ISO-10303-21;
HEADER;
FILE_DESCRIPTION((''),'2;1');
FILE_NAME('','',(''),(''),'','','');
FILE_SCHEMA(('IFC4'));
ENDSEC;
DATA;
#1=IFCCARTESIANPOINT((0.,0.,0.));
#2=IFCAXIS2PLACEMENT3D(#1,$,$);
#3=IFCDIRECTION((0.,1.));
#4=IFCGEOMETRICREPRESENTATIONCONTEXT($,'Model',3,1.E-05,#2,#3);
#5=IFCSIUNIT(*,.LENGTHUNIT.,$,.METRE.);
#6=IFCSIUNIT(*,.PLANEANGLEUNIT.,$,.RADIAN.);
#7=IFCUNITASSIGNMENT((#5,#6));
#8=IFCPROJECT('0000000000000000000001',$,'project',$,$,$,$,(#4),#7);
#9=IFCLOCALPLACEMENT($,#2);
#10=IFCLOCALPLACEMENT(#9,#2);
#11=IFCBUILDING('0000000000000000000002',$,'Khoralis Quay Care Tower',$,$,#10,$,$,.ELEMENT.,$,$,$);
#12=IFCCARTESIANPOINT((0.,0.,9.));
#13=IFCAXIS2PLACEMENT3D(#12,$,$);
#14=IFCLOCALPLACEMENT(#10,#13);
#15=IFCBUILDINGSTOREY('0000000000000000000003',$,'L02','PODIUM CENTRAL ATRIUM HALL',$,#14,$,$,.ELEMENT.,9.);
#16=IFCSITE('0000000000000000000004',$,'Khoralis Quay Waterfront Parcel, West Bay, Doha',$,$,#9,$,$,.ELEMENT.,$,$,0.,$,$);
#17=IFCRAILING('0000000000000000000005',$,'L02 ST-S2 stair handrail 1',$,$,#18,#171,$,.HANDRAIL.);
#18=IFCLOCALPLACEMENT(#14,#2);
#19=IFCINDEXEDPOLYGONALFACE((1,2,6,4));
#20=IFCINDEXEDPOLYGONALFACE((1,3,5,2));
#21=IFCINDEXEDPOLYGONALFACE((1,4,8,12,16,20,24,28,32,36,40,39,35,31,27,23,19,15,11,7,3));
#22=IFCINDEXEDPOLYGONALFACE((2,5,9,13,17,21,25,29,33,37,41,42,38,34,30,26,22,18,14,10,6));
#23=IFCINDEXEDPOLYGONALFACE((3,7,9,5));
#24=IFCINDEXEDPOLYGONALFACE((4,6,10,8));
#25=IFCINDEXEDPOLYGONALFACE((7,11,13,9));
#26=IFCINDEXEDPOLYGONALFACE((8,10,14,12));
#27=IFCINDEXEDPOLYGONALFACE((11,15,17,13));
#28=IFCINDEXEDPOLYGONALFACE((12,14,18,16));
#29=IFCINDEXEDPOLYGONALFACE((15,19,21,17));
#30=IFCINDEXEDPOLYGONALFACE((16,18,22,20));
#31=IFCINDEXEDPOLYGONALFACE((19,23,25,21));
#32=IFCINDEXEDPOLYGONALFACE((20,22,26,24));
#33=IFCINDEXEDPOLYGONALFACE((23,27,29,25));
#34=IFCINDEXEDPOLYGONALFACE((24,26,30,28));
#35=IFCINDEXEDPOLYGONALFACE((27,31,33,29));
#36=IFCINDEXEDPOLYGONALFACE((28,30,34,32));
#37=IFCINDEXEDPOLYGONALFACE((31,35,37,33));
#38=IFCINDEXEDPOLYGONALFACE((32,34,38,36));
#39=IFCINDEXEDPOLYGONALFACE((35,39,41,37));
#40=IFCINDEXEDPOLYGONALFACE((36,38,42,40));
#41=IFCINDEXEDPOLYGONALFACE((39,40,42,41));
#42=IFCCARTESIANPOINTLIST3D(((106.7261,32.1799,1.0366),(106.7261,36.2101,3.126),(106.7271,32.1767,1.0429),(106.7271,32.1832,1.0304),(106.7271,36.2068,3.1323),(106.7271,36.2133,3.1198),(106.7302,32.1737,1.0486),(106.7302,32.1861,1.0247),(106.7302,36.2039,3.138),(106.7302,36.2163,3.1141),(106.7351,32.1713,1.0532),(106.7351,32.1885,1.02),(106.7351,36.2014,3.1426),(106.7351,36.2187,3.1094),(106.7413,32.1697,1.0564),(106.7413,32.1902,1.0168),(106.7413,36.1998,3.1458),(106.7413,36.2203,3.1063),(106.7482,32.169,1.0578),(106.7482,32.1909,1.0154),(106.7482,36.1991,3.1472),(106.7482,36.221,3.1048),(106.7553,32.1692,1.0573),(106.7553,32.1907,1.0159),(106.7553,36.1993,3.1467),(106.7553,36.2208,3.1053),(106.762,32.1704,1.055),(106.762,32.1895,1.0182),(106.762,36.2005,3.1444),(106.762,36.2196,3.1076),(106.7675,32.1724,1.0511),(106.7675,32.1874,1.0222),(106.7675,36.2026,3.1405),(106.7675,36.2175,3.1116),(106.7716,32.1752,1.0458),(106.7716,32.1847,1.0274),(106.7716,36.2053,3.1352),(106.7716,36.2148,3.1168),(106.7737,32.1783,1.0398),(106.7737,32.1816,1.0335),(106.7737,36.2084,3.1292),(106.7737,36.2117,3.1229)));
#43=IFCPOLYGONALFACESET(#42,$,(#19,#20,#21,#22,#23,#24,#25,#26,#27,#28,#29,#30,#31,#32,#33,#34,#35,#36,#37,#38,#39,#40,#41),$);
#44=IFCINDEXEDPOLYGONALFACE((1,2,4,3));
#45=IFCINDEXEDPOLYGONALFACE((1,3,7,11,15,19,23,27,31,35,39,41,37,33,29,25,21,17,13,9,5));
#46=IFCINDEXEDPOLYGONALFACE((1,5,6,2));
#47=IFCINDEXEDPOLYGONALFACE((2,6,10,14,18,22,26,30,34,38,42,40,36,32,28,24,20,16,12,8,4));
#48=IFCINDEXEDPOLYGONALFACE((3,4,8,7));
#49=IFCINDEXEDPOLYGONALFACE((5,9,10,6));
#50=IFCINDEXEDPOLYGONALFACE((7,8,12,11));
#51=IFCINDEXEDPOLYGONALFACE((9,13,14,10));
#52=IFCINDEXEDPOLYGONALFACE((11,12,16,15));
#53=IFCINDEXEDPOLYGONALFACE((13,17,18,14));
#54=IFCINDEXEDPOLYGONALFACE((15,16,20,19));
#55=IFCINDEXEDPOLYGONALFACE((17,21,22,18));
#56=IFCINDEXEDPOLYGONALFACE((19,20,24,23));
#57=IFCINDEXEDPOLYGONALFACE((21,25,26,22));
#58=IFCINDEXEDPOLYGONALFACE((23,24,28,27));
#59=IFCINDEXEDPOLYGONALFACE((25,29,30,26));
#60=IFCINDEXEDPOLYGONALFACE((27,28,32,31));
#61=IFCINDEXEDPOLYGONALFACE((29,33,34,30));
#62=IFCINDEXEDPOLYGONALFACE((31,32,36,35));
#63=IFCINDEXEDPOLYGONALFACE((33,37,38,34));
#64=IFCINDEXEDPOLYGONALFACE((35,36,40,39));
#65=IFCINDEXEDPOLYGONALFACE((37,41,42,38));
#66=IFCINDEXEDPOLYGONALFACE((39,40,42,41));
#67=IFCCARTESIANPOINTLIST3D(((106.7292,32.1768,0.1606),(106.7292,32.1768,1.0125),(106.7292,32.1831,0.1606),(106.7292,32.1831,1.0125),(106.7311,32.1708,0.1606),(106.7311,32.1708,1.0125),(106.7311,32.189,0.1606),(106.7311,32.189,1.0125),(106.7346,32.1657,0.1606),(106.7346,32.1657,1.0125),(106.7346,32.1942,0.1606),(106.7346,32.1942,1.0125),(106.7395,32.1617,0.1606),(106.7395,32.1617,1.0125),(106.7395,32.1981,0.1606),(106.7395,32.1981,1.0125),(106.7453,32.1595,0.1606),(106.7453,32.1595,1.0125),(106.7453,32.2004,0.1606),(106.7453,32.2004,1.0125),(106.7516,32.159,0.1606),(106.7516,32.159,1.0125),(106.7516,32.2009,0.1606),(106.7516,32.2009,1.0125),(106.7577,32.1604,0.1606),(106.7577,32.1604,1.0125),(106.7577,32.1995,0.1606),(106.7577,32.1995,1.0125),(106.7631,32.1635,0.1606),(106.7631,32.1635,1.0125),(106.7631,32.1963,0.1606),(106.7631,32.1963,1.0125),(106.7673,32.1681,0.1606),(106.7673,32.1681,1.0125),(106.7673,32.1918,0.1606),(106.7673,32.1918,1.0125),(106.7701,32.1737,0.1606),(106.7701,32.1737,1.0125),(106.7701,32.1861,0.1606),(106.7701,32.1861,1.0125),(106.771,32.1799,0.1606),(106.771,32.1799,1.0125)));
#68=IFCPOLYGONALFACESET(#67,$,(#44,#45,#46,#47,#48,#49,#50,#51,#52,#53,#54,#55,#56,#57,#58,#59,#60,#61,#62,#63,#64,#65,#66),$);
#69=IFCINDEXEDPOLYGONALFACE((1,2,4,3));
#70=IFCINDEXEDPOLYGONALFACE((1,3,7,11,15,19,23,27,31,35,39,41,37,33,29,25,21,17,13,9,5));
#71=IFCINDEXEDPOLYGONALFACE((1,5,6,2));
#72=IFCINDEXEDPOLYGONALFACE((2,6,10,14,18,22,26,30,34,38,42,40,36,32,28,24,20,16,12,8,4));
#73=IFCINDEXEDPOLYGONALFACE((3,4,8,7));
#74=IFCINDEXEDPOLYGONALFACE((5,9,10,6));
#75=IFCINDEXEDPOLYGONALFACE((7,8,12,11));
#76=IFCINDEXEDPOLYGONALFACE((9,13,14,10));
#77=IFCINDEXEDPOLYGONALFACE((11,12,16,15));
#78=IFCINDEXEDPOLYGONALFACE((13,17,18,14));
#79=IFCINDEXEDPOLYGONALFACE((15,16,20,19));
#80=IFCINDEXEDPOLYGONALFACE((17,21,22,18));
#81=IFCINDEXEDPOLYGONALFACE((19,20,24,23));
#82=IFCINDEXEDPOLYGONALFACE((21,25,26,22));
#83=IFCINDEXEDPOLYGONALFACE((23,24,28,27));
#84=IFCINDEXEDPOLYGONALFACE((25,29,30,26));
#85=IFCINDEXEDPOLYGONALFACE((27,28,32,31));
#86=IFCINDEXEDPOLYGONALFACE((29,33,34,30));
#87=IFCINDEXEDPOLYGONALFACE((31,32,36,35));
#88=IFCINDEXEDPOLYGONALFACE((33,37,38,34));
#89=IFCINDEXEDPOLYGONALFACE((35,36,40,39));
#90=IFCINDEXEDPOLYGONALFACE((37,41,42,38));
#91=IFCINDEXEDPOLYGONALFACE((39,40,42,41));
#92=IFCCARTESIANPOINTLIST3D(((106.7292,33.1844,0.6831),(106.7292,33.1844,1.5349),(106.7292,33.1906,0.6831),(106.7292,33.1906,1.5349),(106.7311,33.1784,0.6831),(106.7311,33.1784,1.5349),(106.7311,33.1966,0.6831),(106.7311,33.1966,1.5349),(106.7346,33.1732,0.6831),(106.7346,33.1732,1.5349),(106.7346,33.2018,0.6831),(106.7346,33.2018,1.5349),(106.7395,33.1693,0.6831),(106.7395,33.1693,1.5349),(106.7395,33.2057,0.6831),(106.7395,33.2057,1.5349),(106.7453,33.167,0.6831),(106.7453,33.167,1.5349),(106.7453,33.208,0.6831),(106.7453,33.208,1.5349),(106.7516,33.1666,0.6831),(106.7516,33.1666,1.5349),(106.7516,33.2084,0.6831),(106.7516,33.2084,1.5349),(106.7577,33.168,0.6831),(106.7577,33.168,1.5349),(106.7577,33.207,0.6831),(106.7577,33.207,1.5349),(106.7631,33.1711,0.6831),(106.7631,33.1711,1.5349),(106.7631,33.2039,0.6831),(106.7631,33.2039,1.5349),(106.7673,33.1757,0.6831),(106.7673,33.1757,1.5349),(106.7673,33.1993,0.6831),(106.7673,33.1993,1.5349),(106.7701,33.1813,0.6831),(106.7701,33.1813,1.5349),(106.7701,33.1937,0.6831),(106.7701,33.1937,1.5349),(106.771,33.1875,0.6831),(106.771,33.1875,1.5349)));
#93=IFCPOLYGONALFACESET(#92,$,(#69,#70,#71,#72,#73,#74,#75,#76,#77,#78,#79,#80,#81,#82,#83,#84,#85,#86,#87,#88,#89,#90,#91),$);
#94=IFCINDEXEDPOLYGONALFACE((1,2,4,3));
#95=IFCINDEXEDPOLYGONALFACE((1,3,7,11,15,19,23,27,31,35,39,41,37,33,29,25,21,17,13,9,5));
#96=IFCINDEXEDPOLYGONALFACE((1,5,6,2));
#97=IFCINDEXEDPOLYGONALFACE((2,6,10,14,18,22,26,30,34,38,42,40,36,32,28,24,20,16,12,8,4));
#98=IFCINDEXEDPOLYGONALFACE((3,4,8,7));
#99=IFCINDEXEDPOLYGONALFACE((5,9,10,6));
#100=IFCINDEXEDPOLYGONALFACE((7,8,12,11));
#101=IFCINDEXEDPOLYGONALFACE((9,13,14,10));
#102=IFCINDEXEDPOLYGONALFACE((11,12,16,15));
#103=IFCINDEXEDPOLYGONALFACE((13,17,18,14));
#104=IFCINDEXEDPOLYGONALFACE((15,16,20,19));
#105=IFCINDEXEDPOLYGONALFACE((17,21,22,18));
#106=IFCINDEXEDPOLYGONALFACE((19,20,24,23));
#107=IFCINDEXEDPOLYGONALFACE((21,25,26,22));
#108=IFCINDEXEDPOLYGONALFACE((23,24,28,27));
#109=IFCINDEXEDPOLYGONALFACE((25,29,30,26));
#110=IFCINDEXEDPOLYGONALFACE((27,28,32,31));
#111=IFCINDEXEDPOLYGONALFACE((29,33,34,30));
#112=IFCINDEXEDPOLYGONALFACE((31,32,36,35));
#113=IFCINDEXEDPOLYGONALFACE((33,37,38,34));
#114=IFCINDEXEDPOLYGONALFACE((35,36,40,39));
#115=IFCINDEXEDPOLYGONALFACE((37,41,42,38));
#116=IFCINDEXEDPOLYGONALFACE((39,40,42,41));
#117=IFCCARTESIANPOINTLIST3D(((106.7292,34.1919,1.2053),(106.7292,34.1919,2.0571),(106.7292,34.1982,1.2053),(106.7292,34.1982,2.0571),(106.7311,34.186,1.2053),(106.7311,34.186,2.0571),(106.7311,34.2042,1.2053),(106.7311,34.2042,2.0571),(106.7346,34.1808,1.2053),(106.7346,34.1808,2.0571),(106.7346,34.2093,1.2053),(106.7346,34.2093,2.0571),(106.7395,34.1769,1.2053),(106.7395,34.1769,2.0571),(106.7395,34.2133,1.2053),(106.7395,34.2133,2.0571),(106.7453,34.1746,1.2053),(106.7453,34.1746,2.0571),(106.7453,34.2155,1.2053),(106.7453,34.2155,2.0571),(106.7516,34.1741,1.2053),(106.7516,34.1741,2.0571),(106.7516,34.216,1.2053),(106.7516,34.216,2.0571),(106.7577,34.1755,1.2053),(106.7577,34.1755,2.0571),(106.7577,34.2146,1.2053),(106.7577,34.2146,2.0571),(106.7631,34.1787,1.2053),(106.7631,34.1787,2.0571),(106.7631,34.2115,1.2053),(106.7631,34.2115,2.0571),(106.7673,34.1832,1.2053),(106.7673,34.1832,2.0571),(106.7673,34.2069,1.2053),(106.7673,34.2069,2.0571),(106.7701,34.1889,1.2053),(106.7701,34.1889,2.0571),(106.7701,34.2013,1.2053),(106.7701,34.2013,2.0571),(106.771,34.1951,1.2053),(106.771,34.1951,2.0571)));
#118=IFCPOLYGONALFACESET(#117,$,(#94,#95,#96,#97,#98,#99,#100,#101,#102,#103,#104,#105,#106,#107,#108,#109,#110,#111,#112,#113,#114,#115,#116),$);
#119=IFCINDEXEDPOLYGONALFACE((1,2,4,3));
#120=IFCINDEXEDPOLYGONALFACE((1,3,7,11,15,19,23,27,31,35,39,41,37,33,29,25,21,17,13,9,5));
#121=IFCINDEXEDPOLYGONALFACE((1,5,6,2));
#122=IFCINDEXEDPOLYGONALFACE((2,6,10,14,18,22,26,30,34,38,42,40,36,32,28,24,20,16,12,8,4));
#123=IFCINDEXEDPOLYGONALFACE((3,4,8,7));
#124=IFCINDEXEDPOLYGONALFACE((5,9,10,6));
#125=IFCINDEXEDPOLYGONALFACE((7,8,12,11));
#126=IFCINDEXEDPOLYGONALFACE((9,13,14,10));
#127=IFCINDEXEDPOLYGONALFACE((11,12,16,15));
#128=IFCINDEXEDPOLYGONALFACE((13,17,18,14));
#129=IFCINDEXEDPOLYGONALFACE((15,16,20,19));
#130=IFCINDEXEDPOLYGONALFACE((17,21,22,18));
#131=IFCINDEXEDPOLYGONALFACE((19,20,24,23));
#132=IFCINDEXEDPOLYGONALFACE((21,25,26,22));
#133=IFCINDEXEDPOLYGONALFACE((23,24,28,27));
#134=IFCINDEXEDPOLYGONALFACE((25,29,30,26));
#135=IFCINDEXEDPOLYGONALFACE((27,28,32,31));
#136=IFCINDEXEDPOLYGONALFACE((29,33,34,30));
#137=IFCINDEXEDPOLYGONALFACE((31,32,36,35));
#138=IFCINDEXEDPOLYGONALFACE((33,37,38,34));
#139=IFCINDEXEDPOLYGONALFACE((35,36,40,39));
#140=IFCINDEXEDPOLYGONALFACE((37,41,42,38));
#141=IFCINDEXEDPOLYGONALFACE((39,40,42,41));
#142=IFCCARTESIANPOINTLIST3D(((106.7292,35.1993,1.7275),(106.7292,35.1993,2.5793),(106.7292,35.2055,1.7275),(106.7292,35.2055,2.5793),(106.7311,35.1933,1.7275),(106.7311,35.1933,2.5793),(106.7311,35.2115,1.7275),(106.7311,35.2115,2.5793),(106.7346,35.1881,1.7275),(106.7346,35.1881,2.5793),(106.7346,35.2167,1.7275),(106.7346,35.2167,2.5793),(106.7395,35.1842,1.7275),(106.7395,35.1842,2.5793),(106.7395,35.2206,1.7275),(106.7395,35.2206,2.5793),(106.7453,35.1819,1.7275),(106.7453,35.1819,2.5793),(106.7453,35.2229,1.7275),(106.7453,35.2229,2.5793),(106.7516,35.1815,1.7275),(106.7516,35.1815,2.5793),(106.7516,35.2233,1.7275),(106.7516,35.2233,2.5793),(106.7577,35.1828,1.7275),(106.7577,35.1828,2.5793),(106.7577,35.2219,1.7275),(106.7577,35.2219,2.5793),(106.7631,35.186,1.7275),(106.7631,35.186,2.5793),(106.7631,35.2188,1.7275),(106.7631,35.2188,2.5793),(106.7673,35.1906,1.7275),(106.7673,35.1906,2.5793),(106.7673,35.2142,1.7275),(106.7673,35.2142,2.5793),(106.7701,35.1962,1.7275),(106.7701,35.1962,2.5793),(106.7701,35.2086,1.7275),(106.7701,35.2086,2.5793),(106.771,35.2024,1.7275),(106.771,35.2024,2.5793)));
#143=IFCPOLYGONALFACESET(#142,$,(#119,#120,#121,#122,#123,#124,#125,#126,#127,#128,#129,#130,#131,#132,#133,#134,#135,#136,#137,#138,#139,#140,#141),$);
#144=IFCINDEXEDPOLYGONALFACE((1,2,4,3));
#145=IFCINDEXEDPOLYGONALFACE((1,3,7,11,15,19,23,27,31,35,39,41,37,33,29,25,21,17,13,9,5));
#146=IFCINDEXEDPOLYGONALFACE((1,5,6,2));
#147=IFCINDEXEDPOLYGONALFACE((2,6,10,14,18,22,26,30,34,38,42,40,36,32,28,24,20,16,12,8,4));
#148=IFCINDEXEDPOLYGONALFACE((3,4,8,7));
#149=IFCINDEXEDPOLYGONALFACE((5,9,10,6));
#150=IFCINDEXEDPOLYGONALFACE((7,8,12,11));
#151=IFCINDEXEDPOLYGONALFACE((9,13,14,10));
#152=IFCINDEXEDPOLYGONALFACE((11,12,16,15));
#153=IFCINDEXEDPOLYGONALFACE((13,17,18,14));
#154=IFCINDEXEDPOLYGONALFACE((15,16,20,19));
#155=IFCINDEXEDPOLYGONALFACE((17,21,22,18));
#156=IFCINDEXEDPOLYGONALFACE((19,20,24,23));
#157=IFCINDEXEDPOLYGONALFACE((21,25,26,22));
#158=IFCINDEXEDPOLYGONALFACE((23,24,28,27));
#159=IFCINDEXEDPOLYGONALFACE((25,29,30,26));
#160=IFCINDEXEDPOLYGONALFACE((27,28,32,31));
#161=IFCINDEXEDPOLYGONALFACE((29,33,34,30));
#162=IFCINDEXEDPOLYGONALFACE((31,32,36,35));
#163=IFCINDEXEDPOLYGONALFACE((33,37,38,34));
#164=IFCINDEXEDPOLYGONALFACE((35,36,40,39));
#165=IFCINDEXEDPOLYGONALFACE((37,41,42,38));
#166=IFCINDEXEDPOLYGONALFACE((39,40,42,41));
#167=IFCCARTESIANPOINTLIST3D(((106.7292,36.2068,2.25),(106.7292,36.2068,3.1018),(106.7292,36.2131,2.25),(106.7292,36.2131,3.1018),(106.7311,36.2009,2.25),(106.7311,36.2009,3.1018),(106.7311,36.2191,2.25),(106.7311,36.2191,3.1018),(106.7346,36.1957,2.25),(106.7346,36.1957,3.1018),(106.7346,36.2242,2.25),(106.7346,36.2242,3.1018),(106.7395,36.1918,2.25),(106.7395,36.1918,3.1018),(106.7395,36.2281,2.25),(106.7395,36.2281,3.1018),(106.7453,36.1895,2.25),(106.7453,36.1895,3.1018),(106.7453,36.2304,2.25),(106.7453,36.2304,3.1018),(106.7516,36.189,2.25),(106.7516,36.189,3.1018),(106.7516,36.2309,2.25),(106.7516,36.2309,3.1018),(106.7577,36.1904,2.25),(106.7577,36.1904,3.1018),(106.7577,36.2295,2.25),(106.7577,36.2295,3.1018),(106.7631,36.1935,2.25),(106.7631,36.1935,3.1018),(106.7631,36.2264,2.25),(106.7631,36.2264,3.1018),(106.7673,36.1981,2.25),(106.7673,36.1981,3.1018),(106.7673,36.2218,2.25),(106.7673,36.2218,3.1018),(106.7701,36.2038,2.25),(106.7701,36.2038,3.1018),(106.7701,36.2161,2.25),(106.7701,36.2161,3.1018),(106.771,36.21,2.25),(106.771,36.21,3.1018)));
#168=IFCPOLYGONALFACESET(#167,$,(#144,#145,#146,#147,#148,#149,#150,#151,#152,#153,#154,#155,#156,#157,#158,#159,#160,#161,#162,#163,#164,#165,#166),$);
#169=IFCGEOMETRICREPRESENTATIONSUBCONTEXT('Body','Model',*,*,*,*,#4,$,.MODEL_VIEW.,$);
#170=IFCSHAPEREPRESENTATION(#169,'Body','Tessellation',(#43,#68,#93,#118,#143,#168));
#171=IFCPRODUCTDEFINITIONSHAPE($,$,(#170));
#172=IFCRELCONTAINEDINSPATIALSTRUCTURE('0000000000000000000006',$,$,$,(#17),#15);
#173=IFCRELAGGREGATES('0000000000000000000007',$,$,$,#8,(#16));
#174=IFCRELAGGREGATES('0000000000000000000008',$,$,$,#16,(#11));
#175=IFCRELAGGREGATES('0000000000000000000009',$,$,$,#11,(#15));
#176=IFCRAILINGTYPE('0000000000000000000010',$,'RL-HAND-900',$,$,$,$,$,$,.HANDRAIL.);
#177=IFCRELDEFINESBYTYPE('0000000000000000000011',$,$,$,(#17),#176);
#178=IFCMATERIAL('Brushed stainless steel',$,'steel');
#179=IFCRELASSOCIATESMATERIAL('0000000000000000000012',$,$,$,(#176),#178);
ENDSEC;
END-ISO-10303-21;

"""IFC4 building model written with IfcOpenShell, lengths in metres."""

from ifc_helpers import new_model, si_unit, direction, frame, origin, origin_2d, place, context, subcontext, project, spatial, circle, extrude, material, type_object, element, save


model = new_model("IFC4")

# Units and contexts
model_context = context("Model", 3, precision=1e-05, world=origin(), true_north=direction((0.0, 1.0)))
body_context = subcontext(model_context, "Body", "Model", "MODEL_VIEW")
ifc_project = project(units=[si_unit("LENGTHUNIT", "METRE"), si_unit("PLANEANGLEUNIT", "RADIAN")], contexts=[model_context])

# Site, building, storey
site_placement = place(None, origin())
site = spatial("IfcSite", under=ifc_project, at=site_placement, Name="Khoralis Quay Waterfront Parcel, West Bay, Doha", CompositionType="ELEMENT", RefElevation=0.0)
building_placement = place(site_placement, origin())
building = spatial("IfcBuilding", under=site, at=building_placement, Name="Khoralis Quay Care Tower", CompositionType="ELEMENT")
storey_placement = place(building_placement, frame((0.0, 0.0, 9.0)))
storey = spatial("IfcBuildingStorey", under=building, at=storey_placement, Name="L02", Description="PODIUM CENTRAL ATRIUM HALL", CompositionType="ELEMENT", Elevation=9.0)

# Railing
ifc_material_1 = material(Name="Brushed stainless steel", Category="steel")
railing_type_1 = type_object("IfcRailingType", Name="RL-HAND-900", PredefinedType="HANDRAIL", material=ifc_material_1)
railing_1_placement = place(storey_placement, frame((106.75, 32.1799, 0.1606)))
element("IfcRailing", 1, at=railing_1_placement, inside=storey, type_object=railing_type_1, Name="L02 ST-S2 stair handrail 1", PredefinedType="HANDRAIL", context=body_context, shape_type="SweptSolid", body=[
    extrude(circle(Radius=0.0239, at=origin_2d()), frame((0.0, 0.0, 0.876), z_axis=(0.0, 0.887781, 0.460267), x_axis=(-1.0, 0.0, 0.0)), (0.0, 0.0, 1.0), 4.5396),
    extrude(circle(Radius=0.021, at=origin_2d()), origin(), (0.0, 0.0, 1.0), 0.8518),
    extrude(circle(Radius=0.021, at=origin_2d()), frame((0.0, 1.0076, 0.5225)), (0.0, 0.0, 1.0), 0.8518),
    extrude(circle(Radius=0.021, at=origin_2d()), frame((0.0, 2.0151, 1.0447)), (0.0, 0.0, 1.0), 0.8518),
    extrude(circle(Radius=0.021, at=origin_2d()), frame((0.0, 3.0225, 1.5669)), (0.0, 0.0, 1.0), 0.8518),
    extrude(circle(Radius=0.021, at=origin_2d()), frame((0.0, 4.03, 2.0894)), (0.0, 0.0, 1.0), 0.8518),
])

save(model, "model.ifc")
